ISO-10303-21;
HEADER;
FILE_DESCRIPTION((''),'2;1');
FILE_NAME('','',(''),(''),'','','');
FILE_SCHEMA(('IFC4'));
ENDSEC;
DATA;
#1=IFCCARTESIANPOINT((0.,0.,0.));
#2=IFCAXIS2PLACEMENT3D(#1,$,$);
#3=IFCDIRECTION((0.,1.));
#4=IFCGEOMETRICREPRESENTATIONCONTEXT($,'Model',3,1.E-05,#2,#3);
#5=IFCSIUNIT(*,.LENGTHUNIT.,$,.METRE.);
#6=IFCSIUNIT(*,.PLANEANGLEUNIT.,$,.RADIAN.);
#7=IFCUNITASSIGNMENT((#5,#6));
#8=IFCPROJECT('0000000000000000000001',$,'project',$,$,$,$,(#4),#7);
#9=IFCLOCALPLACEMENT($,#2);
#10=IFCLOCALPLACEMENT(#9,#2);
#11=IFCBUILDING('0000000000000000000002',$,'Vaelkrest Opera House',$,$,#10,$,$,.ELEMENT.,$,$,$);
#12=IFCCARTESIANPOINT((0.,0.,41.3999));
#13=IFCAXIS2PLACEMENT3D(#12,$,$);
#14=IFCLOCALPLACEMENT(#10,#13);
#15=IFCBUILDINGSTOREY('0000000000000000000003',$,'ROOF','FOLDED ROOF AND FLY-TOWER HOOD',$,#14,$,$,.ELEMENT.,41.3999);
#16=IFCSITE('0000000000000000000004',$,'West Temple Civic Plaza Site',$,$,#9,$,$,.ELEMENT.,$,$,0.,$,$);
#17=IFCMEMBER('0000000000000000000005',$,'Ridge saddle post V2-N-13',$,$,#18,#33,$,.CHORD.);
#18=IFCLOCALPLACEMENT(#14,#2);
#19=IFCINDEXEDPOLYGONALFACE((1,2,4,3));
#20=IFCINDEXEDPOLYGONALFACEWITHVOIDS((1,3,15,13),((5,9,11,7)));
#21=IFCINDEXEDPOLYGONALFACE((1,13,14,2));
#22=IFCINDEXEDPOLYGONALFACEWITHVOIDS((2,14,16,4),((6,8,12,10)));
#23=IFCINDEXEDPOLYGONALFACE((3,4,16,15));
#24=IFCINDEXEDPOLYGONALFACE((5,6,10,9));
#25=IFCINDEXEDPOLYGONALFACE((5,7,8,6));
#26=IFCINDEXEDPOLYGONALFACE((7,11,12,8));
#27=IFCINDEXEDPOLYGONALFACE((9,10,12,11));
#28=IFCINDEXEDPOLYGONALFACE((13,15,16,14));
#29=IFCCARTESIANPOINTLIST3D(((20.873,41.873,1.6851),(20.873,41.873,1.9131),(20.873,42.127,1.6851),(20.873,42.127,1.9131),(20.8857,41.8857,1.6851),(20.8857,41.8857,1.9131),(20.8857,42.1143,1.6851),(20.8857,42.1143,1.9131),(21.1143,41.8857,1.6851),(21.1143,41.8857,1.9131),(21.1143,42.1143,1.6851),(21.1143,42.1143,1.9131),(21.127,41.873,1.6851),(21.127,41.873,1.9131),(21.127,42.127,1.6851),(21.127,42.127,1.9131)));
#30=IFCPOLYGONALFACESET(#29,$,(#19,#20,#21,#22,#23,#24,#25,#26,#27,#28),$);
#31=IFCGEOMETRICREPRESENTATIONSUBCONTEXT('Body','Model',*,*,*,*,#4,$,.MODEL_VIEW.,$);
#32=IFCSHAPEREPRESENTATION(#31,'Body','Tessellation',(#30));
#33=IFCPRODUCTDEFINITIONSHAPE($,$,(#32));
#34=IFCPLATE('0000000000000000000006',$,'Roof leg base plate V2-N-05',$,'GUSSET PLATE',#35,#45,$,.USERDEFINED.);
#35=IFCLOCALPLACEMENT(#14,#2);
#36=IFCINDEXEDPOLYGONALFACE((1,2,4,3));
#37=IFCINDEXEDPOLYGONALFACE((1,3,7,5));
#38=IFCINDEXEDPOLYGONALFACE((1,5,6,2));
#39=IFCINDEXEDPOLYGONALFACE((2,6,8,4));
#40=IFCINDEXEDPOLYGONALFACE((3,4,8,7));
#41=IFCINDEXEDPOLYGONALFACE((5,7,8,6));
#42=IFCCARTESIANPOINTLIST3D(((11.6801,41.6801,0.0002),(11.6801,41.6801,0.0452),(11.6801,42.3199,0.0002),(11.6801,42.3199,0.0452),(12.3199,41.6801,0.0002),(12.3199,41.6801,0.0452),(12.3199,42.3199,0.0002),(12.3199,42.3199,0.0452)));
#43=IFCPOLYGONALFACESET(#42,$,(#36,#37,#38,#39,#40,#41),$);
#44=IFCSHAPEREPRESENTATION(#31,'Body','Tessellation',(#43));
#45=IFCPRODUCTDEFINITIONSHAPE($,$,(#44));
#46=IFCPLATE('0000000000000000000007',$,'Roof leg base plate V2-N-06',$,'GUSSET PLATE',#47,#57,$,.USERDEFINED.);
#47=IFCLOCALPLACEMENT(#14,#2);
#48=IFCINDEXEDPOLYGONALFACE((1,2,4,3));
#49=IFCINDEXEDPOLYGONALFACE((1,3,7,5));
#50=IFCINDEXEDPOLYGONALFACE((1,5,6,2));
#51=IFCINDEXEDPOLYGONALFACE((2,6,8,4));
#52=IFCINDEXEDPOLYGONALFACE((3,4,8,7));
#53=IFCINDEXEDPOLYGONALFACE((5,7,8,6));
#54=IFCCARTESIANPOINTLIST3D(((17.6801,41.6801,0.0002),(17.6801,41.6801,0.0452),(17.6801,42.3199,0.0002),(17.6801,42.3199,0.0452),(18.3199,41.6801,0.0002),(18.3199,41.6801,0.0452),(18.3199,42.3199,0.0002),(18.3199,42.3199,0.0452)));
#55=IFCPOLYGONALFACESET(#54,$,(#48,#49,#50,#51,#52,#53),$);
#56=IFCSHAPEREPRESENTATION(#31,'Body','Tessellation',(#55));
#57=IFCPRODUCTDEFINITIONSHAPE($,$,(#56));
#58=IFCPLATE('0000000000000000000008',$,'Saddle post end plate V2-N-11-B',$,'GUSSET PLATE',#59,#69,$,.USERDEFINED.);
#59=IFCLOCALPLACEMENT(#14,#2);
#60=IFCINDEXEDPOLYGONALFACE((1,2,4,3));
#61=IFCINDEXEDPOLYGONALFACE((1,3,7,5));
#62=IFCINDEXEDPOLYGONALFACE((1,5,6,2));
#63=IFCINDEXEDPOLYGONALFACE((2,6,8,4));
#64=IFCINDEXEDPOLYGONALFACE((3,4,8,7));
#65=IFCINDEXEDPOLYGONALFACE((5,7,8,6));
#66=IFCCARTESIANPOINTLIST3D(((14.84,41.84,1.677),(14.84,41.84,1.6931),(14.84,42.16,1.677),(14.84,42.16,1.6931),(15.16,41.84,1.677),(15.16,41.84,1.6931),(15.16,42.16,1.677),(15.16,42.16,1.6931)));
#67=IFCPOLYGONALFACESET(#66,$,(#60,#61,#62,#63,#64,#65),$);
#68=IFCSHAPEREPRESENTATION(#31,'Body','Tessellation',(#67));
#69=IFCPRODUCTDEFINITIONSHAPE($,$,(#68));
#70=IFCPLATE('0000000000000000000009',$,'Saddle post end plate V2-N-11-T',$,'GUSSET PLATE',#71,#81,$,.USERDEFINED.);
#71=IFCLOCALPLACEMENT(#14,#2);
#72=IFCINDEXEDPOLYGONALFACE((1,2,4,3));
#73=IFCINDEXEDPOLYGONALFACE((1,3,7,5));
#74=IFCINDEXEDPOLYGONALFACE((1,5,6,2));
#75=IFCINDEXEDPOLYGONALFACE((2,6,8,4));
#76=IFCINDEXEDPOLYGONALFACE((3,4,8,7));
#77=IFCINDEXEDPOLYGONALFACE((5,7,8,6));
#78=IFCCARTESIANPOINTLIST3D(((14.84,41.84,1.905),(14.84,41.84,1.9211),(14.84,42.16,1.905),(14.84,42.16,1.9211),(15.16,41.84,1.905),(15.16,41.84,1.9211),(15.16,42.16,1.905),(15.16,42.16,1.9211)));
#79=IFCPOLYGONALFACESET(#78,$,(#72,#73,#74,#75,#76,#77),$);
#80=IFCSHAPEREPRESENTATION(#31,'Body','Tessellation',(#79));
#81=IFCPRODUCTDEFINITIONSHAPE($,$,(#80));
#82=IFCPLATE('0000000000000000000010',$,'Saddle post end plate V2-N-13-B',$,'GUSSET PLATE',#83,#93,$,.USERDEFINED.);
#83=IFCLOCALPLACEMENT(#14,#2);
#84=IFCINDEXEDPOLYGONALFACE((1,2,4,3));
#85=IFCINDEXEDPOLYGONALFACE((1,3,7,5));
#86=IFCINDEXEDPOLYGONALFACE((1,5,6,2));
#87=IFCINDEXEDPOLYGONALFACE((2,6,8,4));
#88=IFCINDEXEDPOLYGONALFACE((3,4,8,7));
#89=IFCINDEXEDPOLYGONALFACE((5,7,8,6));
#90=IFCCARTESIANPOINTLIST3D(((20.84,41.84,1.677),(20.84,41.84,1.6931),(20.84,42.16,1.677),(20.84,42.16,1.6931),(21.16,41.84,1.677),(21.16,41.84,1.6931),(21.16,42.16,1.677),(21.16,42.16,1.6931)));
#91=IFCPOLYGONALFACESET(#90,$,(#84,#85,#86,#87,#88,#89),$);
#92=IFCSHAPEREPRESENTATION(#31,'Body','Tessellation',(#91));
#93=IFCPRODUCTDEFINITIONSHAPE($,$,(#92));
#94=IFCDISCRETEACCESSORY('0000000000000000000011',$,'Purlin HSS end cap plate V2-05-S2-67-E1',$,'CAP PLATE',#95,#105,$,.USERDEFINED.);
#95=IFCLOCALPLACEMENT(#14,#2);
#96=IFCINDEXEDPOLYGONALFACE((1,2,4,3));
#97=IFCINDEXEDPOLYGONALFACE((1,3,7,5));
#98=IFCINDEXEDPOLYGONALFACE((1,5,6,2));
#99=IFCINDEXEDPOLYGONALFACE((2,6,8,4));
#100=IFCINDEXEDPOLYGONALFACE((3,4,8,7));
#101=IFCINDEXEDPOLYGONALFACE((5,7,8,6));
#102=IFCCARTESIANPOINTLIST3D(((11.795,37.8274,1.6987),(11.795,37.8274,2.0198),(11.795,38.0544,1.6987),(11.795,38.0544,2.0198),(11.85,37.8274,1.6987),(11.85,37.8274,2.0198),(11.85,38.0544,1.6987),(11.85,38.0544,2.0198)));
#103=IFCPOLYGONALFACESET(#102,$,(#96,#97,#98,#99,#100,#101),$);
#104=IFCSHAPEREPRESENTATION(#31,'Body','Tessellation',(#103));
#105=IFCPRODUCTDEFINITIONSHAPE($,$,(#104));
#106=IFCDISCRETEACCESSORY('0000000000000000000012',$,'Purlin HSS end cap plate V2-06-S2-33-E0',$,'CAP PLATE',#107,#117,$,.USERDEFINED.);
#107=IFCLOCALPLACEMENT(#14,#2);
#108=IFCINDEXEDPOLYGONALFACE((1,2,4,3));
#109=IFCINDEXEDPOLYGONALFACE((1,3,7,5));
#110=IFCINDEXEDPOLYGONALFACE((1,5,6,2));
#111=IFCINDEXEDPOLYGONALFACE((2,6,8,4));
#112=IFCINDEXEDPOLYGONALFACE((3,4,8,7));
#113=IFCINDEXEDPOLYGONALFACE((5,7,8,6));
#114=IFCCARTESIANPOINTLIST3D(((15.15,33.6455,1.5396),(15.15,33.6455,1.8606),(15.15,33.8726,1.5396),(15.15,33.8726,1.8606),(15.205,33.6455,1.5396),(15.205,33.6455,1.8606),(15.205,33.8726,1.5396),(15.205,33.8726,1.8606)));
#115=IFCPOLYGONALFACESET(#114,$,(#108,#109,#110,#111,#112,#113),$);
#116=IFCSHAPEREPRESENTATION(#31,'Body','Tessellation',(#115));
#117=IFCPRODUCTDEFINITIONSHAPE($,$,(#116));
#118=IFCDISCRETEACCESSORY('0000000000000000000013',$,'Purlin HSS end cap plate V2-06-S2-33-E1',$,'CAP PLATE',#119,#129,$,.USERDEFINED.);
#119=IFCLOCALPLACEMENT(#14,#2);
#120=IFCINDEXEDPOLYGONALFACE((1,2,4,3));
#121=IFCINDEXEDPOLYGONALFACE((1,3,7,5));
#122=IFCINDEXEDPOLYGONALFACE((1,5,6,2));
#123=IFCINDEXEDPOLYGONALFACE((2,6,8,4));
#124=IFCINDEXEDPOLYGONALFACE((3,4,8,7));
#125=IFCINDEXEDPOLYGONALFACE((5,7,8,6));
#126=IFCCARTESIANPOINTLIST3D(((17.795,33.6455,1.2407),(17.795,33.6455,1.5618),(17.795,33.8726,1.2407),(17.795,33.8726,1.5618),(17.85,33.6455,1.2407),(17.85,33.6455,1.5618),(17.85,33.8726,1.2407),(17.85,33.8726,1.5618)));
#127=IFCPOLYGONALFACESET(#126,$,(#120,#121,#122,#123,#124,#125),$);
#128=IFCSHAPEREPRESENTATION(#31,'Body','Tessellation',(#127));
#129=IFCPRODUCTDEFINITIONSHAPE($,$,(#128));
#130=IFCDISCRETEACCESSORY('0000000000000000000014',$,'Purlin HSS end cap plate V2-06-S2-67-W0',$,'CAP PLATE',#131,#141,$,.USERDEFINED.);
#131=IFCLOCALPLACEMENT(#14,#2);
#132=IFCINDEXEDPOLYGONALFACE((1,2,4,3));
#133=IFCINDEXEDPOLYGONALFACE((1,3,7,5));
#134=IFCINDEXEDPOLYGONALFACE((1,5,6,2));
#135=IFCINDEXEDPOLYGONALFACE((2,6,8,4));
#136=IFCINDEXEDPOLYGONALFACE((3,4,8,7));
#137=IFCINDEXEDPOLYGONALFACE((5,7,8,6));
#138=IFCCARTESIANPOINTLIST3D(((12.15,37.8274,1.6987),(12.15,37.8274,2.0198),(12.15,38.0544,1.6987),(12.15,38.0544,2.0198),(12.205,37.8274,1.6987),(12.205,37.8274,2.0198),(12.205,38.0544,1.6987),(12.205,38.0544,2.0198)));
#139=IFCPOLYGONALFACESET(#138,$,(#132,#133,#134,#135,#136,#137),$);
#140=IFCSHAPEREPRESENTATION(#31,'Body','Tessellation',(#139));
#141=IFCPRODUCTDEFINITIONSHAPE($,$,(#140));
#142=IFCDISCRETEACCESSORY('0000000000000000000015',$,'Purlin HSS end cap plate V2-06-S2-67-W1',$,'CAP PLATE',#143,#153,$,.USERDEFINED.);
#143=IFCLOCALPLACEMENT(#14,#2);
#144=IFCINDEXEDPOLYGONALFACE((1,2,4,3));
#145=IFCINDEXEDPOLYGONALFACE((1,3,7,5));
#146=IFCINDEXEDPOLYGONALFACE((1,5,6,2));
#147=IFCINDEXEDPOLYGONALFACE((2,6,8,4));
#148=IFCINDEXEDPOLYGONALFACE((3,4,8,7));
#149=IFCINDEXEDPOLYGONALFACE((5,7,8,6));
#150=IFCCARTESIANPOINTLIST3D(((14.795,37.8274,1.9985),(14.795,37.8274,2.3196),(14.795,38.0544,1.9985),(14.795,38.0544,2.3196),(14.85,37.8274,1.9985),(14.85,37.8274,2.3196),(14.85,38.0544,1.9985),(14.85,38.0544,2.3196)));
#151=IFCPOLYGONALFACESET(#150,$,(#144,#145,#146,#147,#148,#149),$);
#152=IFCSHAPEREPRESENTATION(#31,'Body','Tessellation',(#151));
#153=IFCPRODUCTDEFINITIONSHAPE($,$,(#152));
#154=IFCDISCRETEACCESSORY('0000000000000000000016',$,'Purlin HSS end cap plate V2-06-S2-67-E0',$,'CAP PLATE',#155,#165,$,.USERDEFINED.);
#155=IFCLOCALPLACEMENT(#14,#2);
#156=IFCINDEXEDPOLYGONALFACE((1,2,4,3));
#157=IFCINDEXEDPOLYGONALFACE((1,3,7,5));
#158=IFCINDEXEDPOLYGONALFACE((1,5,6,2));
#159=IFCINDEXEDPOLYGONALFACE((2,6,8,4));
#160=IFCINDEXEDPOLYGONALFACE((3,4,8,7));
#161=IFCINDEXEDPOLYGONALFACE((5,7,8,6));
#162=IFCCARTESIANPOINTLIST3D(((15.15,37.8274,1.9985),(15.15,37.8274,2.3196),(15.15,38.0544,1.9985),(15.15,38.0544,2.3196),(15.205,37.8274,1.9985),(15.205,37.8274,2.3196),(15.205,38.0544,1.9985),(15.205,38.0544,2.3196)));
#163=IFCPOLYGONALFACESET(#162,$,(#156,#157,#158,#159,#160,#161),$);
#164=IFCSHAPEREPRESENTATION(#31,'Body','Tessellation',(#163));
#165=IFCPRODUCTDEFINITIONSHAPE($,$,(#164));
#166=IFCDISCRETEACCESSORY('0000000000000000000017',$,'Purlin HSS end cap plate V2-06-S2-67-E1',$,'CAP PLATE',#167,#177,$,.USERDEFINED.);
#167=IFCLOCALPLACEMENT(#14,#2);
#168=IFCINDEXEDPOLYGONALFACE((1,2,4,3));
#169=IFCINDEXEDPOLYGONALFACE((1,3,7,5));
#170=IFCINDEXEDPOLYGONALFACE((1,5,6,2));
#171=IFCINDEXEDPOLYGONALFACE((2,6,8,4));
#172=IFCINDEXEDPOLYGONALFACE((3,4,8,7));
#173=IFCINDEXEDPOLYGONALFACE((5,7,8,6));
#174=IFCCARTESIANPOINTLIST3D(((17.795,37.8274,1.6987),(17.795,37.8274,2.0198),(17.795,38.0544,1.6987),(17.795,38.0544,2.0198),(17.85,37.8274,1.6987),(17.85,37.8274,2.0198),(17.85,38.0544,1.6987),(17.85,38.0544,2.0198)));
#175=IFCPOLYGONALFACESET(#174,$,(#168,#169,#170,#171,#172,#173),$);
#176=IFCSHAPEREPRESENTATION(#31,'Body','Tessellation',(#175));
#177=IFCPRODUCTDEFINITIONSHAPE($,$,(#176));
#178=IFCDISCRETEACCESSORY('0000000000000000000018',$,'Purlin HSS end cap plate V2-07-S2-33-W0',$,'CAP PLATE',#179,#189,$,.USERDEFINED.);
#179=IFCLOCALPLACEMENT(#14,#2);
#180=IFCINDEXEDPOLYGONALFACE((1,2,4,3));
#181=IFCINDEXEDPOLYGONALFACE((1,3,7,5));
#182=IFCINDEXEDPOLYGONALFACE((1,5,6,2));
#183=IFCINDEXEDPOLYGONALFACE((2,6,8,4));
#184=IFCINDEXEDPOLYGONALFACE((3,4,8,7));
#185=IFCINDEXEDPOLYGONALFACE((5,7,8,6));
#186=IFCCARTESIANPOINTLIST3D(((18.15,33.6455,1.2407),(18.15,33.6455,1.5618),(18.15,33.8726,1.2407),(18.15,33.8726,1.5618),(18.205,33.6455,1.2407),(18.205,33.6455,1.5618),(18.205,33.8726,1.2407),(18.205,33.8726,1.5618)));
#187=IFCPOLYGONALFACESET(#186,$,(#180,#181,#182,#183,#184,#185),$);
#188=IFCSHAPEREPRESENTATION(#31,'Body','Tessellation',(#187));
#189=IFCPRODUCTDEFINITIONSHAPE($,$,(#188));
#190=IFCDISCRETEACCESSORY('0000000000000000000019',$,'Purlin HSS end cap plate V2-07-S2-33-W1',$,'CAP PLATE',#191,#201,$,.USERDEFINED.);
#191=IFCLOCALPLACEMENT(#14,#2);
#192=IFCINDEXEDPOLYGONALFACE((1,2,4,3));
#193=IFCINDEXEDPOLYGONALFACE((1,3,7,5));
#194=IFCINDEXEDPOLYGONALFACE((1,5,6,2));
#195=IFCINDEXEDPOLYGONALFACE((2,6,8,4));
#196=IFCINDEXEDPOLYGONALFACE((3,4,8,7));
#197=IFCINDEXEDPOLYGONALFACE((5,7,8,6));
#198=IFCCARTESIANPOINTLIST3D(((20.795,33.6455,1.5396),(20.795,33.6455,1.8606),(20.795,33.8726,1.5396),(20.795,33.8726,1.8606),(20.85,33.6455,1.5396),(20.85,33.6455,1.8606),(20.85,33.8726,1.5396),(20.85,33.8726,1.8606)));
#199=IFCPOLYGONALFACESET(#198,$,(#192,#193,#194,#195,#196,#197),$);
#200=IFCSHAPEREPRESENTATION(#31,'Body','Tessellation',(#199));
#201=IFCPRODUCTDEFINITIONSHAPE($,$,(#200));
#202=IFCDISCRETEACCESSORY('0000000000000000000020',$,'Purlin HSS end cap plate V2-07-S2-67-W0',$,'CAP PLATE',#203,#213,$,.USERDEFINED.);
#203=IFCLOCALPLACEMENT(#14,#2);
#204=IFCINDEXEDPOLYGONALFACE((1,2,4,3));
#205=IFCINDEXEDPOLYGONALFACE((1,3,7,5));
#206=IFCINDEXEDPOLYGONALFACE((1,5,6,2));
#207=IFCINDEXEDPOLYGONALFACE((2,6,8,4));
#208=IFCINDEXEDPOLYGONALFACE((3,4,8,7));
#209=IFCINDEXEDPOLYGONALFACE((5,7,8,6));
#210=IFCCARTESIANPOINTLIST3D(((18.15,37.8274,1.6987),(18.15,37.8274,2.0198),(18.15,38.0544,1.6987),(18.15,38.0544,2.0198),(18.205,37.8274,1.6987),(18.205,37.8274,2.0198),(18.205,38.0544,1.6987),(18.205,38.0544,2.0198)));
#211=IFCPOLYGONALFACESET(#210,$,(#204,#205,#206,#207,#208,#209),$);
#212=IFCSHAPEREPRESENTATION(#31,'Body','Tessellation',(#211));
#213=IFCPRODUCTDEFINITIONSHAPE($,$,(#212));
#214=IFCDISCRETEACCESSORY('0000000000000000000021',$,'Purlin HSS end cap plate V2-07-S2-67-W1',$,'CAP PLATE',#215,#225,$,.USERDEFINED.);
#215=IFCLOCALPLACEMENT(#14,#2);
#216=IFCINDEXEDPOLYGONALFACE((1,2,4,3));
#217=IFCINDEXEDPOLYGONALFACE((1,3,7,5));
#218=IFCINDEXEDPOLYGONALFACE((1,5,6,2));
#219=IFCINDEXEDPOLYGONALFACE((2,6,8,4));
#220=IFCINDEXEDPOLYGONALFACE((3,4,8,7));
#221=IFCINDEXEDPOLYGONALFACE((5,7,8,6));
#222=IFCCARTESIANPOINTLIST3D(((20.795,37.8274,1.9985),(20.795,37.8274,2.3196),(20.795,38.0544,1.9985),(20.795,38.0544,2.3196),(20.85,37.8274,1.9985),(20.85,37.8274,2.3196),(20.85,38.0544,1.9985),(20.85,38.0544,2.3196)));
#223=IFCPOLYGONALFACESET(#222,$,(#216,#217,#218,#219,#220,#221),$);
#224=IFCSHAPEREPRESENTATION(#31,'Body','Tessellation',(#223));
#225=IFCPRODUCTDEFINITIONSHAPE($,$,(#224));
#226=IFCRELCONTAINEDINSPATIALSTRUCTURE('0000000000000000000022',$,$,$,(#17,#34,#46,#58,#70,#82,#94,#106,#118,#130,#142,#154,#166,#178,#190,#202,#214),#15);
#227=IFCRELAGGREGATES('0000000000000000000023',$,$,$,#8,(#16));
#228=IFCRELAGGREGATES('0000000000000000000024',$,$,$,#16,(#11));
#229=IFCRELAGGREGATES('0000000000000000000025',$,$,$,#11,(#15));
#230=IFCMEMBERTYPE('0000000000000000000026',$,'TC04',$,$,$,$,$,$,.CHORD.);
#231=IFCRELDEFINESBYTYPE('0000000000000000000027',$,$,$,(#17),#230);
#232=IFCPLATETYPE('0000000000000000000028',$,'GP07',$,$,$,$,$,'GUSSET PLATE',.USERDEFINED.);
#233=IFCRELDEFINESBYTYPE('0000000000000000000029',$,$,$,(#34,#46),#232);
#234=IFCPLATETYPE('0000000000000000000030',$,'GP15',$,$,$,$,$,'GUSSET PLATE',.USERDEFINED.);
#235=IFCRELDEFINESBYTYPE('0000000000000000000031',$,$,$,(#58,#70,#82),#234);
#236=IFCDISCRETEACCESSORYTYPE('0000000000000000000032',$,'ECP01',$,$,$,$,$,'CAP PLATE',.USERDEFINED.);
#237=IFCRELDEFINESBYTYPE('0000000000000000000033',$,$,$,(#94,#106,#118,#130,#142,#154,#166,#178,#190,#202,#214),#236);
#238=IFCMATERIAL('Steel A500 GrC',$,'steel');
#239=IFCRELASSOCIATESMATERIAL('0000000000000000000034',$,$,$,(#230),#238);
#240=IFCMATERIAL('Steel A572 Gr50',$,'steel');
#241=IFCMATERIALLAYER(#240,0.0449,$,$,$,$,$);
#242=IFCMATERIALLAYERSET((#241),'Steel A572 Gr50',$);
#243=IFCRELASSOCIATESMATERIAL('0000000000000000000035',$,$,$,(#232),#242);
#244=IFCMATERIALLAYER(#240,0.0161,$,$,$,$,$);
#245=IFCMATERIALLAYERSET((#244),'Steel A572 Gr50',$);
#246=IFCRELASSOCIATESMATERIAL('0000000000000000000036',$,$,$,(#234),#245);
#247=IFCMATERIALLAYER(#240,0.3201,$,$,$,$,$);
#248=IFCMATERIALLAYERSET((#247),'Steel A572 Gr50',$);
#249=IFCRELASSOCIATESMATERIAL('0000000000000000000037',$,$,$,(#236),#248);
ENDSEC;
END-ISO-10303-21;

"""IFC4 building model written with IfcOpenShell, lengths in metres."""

from ifc_helpers import new_model, si_unit, direction, frame, origin, origin_2d, place, context, subcontext, project, spatial, rectangle, hollow_rectangle, extrude, material, layer, layer_set, material_profile, profile_set, type_object, element, save


model = new_model("IFC4")

# Units and contexts
model_context = context("Model", 3, precision=1e-05, world=origin(), true_north=direction((0.0, 1.0)))
body_context = subcontext(model_context, "Body", "Model", "MODEL_VIEW")
ifc_project = project(units=[si_unit("LENGTHUNIT", "METRE"), si_unit("PLANEANGLEUNIT", "RADIAN")], contexts=[model_context])

# Site, building, storey
site_placement = place(None, origin())
site = spatial("IfcSite", under=ifc_project, at=site_placement, Name="West Temple Civic Plaza Site", CompositionType="ELEMENT", RefElevation=0.0)
building_placement = place(site_placement, origin())
building = spatial("IfcBuilding", under=site, at=building_placement, Name="Vaelkrest Opera House", CompositionType="ELEMENT")
storey_placement = place(building_placement, frame((0.0, 0.0, 41.3999)))
storey = spatial("IfcBuildingStorey", under=building, at=storey_placement, Name="ROOF", Description="FOLDED ROOF AND FLY-TOWER HOOD", CompositionType="ELEMENT", Elevation=41.3999)

# Shared definitions
ifc_material_1 = material(Name="Steel A500 GrC", Category="steel")

# Member
ifc_material_profile_1 = material_profile(ifc_material_1, hollow_rectangle(XDim=0.2539, YDim=0.2539, WallThickness=0.0127, at=origin_2d()), Name="HSS254X254X12.7")
ifc_profile_set_1 = profile_set([ifc_material_profile_1], Name="Steel A500 GrC")
member_type_1 = type_object("IfcMemberType", Name="TC04", PredefinedType="CHORD", material=ifc_profile_set_1)
member_1_placement = place(storey_placement, frame((21.0, 42.0, 1.6851), z_axis=(0.0, 0.0, 1.0), x_axis=(1.0, 0.0, 0.0)))
element("IfcMember", 1, at=member_1_placement, inside=storey, type_object=member_type_1, Name="Ridge saddle post V2-N-13", PredefinedType="CHORD", context=body_context, shape_type="SweptSolid", body=[
    extrude(hollow_rectangle(XDim=0.2539, YDim=0.2539, WallThickness=0.0127, at=origin_2d()), origin(), (0.0, 0.0, 1.0), 0.228),
])

# Plates
ifc_material_2 = material(Name="Steel A572 Gr50", Category="steel")
ifc_layer_1 = layer(ifc_material_2, 0.0449)
ifc_layer_set_1 = layer_set([ifc_layer_1], Name="Steel A572 Gr50")
plate_type_1 = type_object("IfcPlateType", Name="GP07", ElementType="GUSSET PLATE", PredefinedType="USERDEFINED", material=ifc_layer_set_1)
for number, where, z_axis, x_axis, name in (
    (2, (12.0, 42.0, 0.0002), (0.0, 0.0, 1.0), (1.0, 0.0, 0.0), "Roof leg base plate V2-N-05"),
    (3, (18.0, 42.0, 0.0002), (0.0, 0.0, 1.0), (1.0, 0.0, 0.0), "Roof leg base plate V2-N-06"),
):
    element("IfcPlate", number, at=place(storey_placement, frame(where, z_axis=z_axis, x_axis=x_axis)), inside=storey, type_object=plate_type_1, Name=name, ObjectType="GUSSET PLATE", PredefinedType="USERDEFINED", context=body_context, shape_type="SweptSolid", body=[
        extrude(rectangle(XDim=0.6399, YDim=0.6399, at=origin_2d()), origin(), (0.0, 0.0, 1.0), 0.0449),
    ])
ifc_layer_2 = layer(ifc_material_2, 0.0161)
ifc_layer_set_2 = layer_set([ifc_layer_2], Name="Steel A572 Gr50")
plate_type_2 = type_object("IfcPlateType", Name="GP15", ElementType="GUSSET PLATE", PredefinedType="USERDEFINED", material=ifc_layer_set_2)
for number, where, z_axis, x_axis, name in (
    (4, (15.0, 42.0, 1.677), (0.0, 0.0, 1.0), (1.0, 0.0, 0.0), "Saddle post end plate V2-N-11-B"),
    (5, (15.0, 42.0, 1.905), (0.0, 0.0, 1.0), (1.0, 0.0, 0.0), "Saddle post end plate V2-N-11-T"),
    (6, (21.0, 42.0, 1.677), (0.0, 0.0, 1.0), (1.0, 0.0, 0.0), "Saddle post end plate V2-N-13-B"),
):
    element("IfcPlate", number, at=place(storey_placement, frame(where, z_axis=z_axis, x_axis=x_axis)), inside=storey, type_object=plate_type_2, Name=name, ObjectType="GUSSET PLATE", PredefinedType="USERDEFINED", context=body_context, shape_type="SweptSolid", body=[
        extrude(rectangle(XDim=0.3201, YDim=0.3201, at=origin_2d()), origin(), (0.0, 0.0, 1.0), 0.0161),
    ])

# Discrete accessories
ifc_layer_3 = layer(ifc_material_2, 0.3201)
ifc_layer_set_3 = layer_set([ifc_layer_3], Name="Steel A572 Gr50")
discrete_accessory_type = type_object("IfcDiscreteAccessoryType", Name="ECP01", ElementType="CAP PLATE", PredefinedType="USERDEFINED", material=ifc_layer_set_3)
for number, where, z_axis, x_axis, name in (
    (7, (11.8225, 37.9409, 1.6987), (0.0, 0.0, 1.0), (1.0, 0.0, 0.0), "Purlin HSS end cap plate V2-05-S2-67-E1"),
    (8, (15.1775, 33.759, 1.5396), (0.0, 0.0, 1.0), (1.0, 0.0, 0.0), "Purlin HSS end cap plate V2-06-S2-33-E0"),
    (9, (17.8225, 33.759, 1.2407), (0.0, 0.0, 1.0), (1.0, 0.0, 0.0), "Purlin HSS end cap plate V2-06-S2-33-E1"),
    (10, (12.1775, 37.9409, 1.6987), (0.0, 0.0, 1.0), (1.0, 0.0, 0.0), "Purlin HSS end cap plate V2-06-S2-67-W0"),
    (11, (14.8225, 37.9409, 1.9985), (0.0, 0.0, 1.0), (1.0, 0.0, 0.0), "Purlin HSS end cap plate V2-06-S2-67-W1"),
    (12, (15.1775, 37.9409, 1.9985), (0.0, 0.0, 1.0), (1.0, 0.0, 0.0), "Purlin HSS end cap plate V2-06-S2-67-E0"),
    (13, (17.8225, 37.9409, 1.6987), (0.0, 0.0, 1.0), (1.0, 0.0, 0.0), "Purlin HSS end cap plate V2-06-S2-67-E1"),
    (14, (18.1775, 33.759, 1.2407), (0.0, 0.0, 1.0), (1.0, 0.0, 0.0), "Purlin HSS end cap plate V2-07-S2-33-W0"),
    (15, (20.8225, 33.759, 1.5396), (0.0, 0.0, 1.0), (1.0, 0.0, 0.0), "Purlin HSS end cap plate V2-07-S2-33-W1"),
    (16, (18.1775, 37.9409, 1.6987), (0.0, 0.0, 1.0), (1.0, 0.0, 0.0), "Purlin HSS end cap plate V2-07-S2-67-W0"),
    (17, (20.8225, 37.9409, 1.9985), (0.0, 0.0, 1.0), (1.0, 0.0, 0.0), "Purlin HSS end cap plate V2-07-S2-67-W1"),
):
    element("IfcDiscreteAccessory", number, at=place(storey_placement, frame(where, z_axis=z_axis, x_axis=x_axis)), inside=storey, type_object=discrete_accessory_type, Name=name, ObjectType="CAP PLATE", PredefinedType="USERDEFINED", context=body_context, shape_type="SweptSolid", body=[
        extrude(rectangle(XDim=0.0549, YDim=0.2271, at=origin_2d()), origin(), (0.0, 0.0, 1.0), 0.321),
    ])

save(model, "model.ifc")
